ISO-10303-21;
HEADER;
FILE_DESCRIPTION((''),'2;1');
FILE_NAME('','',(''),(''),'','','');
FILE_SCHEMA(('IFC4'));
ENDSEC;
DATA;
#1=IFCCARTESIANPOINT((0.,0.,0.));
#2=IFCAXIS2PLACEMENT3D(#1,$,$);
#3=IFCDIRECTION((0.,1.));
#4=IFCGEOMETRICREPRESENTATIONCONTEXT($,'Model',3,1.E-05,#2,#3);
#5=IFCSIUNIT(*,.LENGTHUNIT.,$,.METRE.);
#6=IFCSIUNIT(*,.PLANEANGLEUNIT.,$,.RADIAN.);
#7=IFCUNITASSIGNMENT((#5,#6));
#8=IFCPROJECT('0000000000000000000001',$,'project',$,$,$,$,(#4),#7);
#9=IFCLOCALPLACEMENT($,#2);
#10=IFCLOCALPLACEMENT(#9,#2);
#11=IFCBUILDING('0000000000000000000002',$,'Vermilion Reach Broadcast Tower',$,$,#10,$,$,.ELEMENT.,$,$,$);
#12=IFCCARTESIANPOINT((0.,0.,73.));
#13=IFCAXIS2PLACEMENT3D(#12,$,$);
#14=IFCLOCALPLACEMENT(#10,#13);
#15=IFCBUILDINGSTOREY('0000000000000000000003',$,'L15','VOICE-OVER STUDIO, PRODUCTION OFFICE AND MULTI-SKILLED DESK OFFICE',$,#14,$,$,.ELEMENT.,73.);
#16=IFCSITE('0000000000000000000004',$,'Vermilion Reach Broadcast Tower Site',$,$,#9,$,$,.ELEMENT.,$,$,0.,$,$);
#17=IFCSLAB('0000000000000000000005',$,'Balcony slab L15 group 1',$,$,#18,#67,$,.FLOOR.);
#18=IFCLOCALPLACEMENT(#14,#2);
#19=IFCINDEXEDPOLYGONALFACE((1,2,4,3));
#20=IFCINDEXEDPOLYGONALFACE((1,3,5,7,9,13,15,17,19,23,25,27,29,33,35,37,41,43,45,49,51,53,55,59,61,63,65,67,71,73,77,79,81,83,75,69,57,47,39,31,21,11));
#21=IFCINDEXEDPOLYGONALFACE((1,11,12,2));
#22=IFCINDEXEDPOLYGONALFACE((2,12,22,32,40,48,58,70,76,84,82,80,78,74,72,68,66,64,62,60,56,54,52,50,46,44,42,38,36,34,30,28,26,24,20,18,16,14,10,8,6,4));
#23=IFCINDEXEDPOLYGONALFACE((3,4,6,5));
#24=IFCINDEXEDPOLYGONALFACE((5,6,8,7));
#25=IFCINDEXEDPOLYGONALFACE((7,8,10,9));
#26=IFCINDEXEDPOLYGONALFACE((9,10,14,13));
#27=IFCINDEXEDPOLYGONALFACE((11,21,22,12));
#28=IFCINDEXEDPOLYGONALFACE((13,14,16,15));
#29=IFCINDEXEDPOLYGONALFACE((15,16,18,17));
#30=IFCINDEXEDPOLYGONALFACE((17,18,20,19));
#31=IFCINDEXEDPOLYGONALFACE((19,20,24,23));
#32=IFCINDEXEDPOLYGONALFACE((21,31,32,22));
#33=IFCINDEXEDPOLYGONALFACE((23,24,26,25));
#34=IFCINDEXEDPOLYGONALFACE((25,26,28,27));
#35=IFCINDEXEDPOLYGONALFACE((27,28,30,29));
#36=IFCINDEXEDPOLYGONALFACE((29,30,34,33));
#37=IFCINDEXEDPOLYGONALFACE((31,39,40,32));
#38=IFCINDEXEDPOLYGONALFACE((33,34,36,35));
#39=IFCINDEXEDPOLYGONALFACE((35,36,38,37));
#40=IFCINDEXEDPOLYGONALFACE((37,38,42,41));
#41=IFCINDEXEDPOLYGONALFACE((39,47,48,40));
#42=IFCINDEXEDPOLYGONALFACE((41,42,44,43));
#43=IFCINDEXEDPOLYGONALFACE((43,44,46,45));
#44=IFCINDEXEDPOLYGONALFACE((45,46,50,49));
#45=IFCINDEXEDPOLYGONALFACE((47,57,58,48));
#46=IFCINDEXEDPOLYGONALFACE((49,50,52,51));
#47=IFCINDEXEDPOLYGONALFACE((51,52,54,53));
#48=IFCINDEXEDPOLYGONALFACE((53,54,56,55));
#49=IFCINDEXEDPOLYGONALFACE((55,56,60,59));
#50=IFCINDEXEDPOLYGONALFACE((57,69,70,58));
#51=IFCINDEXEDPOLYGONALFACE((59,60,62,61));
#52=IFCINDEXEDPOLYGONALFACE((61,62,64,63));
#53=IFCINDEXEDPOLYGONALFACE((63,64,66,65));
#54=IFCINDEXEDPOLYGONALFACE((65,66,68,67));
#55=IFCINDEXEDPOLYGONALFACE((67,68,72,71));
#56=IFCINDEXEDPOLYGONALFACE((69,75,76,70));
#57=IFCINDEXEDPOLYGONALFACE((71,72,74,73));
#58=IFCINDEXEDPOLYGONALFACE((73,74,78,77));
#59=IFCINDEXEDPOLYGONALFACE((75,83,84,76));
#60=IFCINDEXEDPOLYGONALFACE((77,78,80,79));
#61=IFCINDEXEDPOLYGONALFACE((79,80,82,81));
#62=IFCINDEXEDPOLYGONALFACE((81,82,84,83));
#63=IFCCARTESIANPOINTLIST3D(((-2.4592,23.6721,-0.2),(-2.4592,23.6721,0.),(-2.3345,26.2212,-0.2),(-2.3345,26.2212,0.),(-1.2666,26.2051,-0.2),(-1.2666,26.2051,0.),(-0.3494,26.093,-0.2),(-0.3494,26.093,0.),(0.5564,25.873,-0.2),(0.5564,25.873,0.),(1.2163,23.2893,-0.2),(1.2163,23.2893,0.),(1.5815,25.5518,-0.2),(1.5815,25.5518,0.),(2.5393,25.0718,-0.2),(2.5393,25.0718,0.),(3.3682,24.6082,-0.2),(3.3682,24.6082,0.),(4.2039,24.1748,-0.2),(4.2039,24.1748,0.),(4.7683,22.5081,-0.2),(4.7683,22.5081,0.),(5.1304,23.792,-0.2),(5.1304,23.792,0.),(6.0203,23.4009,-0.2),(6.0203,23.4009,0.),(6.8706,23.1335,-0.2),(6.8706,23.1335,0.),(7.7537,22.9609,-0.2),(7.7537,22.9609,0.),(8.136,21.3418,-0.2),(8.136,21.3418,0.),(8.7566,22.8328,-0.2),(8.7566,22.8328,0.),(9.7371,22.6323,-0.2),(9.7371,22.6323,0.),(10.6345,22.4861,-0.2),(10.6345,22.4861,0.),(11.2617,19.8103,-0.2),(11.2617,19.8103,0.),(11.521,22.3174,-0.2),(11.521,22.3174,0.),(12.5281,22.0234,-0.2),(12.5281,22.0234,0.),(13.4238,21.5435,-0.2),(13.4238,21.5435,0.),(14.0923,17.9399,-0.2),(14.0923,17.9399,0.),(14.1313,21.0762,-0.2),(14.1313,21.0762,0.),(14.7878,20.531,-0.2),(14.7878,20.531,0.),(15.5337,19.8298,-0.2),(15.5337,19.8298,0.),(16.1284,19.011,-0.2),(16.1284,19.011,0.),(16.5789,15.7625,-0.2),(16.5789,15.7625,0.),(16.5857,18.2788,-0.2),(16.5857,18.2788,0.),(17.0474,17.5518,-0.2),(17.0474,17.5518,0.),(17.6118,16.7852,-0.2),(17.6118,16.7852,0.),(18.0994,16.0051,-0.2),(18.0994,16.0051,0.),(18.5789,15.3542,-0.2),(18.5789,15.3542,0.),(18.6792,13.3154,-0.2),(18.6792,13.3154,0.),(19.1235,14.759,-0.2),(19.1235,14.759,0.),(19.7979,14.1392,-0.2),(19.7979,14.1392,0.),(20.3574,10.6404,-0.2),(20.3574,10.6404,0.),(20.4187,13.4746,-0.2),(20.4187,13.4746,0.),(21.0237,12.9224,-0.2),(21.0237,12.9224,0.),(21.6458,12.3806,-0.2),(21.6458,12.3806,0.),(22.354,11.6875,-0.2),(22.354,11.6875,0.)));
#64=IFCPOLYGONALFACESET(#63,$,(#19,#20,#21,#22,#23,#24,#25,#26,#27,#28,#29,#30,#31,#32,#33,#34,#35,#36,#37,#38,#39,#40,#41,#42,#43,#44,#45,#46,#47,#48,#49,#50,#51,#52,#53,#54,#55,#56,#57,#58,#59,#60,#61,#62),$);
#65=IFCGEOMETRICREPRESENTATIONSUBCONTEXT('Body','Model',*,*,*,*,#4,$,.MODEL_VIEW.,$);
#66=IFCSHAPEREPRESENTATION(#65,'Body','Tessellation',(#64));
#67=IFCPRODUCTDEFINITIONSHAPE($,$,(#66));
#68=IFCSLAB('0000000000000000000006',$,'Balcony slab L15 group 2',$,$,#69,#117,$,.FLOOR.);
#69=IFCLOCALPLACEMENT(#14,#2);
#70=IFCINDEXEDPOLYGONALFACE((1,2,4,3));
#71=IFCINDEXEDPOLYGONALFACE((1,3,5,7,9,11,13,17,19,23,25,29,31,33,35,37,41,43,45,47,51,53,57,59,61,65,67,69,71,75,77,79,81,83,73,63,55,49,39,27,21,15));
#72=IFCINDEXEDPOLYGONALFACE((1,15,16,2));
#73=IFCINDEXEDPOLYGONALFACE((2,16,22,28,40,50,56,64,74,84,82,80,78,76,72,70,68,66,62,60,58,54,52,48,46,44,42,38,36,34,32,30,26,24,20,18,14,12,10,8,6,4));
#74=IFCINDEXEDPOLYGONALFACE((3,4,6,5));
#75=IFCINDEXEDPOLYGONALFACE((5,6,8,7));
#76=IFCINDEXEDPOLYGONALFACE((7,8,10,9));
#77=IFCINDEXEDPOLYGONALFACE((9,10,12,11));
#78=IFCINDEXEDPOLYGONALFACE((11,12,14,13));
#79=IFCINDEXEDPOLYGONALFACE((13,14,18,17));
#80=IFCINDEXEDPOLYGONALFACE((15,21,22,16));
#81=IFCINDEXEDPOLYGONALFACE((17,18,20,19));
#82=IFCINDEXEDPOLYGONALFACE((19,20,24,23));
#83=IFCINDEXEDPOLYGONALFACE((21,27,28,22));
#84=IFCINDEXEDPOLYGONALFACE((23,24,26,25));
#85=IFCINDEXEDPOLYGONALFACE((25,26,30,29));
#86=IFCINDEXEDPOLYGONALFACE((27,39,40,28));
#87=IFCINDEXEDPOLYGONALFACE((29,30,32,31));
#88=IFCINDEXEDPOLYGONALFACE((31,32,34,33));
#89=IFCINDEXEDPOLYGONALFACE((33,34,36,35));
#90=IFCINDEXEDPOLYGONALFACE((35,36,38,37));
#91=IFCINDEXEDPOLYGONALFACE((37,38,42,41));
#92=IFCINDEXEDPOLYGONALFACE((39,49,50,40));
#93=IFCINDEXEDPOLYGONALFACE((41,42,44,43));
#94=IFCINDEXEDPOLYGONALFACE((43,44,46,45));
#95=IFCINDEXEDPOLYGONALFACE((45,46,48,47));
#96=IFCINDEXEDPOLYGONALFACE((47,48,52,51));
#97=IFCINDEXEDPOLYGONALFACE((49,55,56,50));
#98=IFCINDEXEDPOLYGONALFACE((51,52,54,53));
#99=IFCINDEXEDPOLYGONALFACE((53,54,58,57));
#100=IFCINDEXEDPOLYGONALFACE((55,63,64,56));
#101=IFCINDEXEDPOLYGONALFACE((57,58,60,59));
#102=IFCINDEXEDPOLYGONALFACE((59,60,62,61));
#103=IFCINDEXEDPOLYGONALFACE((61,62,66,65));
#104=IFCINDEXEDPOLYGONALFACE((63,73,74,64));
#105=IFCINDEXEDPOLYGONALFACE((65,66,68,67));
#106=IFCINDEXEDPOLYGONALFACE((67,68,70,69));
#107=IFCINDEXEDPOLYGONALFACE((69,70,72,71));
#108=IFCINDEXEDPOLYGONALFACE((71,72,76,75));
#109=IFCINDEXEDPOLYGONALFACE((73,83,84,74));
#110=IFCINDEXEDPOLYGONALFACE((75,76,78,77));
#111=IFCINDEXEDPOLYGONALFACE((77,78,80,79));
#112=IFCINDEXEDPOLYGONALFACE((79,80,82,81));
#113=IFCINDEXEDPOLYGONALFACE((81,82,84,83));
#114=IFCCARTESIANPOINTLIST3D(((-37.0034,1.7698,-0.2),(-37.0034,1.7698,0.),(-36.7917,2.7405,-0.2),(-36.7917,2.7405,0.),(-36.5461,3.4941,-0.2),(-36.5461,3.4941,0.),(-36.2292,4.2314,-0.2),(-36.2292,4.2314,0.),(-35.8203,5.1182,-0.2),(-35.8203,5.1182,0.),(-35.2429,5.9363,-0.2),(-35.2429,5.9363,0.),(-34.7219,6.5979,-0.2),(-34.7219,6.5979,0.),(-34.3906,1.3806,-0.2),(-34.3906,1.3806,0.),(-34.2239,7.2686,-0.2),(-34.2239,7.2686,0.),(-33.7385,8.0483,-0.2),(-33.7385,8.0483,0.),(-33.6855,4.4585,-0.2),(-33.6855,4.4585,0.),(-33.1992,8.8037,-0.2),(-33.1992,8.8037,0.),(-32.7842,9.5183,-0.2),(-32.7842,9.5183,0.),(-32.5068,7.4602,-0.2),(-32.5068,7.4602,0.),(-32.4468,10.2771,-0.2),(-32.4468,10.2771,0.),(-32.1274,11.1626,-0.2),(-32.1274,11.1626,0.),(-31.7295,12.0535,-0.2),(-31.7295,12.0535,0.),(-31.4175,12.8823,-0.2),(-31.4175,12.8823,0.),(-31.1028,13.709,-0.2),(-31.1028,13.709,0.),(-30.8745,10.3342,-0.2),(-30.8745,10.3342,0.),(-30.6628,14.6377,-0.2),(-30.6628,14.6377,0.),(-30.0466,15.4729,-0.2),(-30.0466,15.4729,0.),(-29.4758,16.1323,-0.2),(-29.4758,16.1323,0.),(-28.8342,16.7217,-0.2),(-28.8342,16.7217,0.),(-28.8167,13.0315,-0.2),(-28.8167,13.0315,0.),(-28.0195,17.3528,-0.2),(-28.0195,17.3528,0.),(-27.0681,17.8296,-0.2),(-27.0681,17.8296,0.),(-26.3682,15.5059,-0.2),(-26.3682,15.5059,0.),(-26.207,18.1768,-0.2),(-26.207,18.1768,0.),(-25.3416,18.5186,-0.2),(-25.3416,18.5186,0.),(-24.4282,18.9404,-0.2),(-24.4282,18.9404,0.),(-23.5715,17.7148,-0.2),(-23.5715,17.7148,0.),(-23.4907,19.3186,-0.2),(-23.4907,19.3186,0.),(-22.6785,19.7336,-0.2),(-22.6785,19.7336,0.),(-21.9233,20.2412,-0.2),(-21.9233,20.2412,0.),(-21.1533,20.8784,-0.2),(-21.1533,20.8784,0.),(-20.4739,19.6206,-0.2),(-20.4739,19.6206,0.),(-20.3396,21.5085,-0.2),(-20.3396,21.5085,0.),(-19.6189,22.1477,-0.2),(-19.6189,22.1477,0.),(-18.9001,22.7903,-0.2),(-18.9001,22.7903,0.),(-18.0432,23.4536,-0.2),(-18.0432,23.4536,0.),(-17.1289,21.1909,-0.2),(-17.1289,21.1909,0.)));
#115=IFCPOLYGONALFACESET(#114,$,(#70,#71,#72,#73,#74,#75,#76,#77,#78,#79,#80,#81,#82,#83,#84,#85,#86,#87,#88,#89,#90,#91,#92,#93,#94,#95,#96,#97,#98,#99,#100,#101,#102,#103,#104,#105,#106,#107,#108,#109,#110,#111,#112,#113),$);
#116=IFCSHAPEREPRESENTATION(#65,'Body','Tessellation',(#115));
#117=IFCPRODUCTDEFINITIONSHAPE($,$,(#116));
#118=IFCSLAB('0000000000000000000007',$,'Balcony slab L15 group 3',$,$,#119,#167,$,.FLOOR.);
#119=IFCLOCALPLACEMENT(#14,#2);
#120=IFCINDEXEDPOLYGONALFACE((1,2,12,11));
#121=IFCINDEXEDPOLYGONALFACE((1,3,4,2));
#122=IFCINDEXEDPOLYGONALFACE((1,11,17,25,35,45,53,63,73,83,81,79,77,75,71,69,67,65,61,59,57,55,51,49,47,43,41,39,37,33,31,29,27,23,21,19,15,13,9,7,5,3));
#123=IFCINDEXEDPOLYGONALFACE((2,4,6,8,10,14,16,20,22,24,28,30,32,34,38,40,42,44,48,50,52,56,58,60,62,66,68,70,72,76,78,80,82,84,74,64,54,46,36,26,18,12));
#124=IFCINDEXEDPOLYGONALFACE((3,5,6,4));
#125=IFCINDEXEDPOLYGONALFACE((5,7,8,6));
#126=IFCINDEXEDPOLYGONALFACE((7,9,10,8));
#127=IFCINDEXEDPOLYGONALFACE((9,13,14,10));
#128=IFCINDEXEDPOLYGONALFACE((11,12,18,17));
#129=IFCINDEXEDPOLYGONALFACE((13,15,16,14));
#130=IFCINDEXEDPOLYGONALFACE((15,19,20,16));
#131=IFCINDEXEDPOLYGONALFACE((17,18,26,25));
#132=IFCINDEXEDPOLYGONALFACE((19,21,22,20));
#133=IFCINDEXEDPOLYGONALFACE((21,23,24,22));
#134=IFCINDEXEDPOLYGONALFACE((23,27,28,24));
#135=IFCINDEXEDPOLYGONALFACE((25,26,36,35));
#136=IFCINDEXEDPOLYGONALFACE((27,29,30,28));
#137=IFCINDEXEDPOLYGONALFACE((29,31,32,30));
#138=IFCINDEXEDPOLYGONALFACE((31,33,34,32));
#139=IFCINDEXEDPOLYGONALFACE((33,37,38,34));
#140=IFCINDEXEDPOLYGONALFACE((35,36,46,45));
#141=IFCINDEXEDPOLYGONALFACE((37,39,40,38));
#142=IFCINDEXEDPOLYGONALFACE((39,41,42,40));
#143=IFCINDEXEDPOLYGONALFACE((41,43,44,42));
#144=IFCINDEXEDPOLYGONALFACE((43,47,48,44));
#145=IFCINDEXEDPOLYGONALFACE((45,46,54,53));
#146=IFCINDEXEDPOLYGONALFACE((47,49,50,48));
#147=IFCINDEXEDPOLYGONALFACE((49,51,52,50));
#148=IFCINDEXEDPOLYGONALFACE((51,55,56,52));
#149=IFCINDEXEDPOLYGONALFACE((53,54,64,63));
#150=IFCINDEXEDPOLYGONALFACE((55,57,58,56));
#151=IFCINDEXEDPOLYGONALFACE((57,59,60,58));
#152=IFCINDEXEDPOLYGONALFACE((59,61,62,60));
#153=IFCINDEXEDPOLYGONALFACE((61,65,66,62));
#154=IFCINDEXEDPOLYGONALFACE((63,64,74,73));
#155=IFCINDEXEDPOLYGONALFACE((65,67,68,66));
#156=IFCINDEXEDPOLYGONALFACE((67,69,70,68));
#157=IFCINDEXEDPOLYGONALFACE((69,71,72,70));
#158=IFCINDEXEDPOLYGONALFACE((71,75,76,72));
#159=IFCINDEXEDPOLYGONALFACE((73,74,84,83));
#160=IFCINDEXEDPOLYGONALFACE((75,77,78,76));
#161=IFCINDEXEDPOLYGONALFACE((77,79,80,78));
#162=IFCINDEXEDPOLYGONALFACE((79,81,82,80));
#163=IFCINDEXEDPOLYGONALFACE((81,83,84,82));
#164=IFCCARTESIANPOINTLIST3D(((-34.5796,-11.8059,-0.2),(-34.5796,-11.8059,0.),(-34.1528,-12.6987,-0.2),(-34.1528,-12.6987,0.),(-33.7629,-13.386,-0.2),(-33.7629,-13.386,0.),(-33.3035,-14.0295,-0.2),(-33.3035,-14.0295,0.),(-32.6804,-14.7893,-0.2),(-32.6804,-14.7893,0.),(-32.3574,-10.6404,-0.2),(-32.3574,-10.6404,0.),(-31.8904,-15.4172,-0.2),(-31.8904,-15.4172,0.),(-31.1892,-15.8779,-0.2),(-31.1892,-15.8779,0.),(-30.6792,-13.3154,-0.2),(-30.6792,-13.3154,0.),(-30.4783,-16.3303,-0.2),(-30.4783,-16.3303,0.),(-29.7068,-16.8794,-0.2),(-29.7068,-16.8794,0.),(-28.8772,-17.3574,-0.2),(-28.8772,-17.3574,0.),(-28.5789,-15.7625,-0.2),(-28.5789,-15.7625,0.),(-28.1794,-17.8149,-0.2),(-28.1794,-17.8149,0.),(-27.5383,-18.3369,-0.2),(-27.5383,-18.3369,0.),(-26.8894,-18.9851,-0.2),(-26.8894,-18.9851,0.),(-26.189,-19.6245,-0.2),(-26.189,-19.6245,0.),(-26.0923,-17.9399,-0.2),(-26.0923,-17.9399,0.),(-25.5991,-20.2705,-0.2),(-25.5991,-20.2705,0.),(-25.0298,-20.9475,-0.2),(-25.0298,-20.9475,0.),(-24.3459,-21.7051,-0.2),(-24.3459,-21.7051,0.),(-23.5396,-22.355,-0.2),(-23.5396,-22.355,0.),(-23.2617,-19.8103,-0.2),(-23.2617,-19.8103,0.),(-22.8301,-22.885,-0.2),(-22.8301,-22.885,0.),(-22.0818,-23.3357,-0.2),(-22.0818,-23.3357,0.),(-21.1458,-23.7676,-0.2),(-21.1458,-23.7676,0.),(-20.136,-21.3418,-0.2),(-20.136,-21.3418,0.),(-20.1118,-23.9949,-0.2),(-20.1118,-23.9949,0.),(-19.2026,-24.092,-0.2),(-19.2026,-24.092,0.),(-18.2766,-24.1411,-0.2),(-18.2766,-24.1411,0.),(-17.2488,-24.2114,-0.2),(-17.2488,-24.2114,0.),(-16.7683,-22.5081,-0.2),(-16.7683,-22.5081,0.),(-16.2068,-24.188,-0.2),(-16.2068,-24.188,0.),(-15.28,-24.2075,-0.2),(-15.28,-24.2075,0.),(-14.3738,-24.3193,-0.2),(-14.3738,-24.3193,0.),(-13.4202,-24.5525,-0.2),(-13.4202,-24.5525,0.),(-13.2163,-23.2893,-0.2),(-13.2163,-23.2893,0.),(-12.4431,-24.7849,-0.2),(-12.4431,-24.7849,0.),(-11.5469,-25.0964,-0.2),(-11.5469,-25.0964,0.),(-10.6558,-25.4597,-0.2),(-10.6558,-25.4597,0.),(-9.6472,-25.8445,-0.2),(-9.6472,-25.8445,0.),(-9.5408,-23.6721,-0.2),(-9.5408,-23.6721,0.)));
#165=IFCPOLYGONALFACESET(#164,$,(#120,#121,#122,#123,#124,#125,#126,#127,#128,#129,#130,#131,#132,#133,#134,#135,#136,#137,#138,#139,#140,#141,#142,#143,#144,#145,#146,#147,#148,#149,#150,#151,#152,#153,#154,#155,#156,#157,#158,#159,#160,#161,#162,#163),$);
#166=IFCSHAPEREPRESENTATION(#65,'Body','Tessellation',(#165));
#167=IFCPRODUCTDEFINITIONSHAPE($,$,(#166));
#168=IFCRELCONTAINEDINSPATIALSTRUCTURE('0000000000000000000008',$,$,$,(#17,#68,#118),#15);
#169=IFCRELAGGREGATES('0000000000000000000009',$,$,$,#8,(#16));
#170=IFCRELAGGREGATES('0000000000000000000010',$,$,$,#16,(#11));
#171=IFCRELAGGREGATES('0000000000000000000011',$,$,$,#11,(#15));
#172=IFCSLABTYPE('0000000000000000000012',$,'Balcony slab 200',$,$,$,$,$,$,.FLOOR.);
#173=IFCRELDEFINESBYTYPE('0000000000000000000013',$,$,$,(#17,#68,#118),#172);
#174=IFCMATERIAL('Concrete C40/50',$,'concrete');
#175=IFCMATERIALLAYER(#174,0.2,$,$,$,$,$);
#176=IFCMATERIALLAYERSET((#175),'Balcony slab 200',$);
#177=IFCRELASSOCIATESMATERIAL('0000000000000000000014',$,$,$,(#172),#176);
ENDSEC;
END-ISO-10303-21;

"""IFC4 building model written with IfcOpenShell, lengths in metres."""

from ifc_helpers import new_model, si_unit, direction, frame, origin, place, context, subcontext, project, spatial, polyline, outline, extrude, material, layer, layer_set, type_object, element, save


model = new_model("IFC4")

# Units and contexts
model_context = context("Model", 3, precision=1e-05, world=origin(), true_north=direction((0.0, 1.0)))
body_context = subcontext(model_context, "Body", "Model", "MODEL_VIEW")
ifc_project = project(units=[si_unit("LENGTHUNIT", "METRE"), si_unit("PLANEANGLEUNIT", "RADIAN")], contexts=[model_context])

# Site, building, storey
site_placement = place(None, origin())
site = spatial("IfcSite", under=ifc_project, at=site_placement, Name="Vermilion Reach Broadcast Tower Site", CompositionType="ELEMENT", RefElevation=0.0)
building_placement = place(site_placement, origin())
building = spatial("IfcBuilding", under=site, at=building_placement, Name="Vermilion Reach Broadcast Tower", CompositionType="ELEMENT")
storey_placement = place(building_placement, frame((0.0, 0.0, 73.0)))
storey = spatial("IfcBuildingStorey", under=building, at=storey_placement, Name="L15", Description="VOICE-OVER STUDIO, PRODUCTION OFFICE AND MULTI-SKILLED DESK OFFICE", CompositionType="ELEMENT", Elevation=73.0)

# Slabs
ifc_material_1 = material(Name="Concrete C40/50", Category="concrete")
ifc_layer_1 = layer(ifc_material_1, 0.2)
ifc_layer_set_1 = layer_set([ifc_layer_1], Name="Balcony slab 200")
slab_type_1 = type_object("IfcSlabType", Name="Balcony slab 200", PredefinedType="FLOOR", material=ifc_layer_set_1)
placement_1 = place(storey_placement, frame((0.0, 0.0, -0.2)))
element("IfcSlab", 1, at=placement_1, inside=storey, type_object=slab_type_1, Name="Balcony slab L15 group 1", PredefinedType="FLOOR", context=body_context, shape_type="SweptSolid", body=[
    extrude(outline(polyline([(20.3574, 10.6404), (18.6792, 13.3154), (16.5789, 15.7625), (14.0923, 17.9399), (11.2617, 19.8103), (8.136, 21.3418), (4.7683, 22.5081), (1.2163, 23.2893), (-2.4592, 23.6721), (-2.3345, 26.2212), (-1.2666, 26.2051), (-0.3494, 26.093), (0.5564, 25.873), (1.5815, 25.5518), (2.5393, 25.0718), (3.3682, 24.6082), (4.2039, 24.1748), (5.1304, 23.792), (6.0203, 23.4009), (6.8706, 23.1335), (7.7537, 22.9609), (8.7566, 22.8328), (9.7371, 22.6323), (10.6345, 22.4861), (11.521, 22.3174), (12.5281, 22.0234), (13.4238, 21.5435), (14.1313, 21.0762), (14.7878, 20.531), (15.5337, 19.8298), (16.1284, 19.011), (16.5857, 18.2788), (17.0474, 17.5518), (17.6118, 16.7852), (18.0994, 16.0051), (18.5789, 15.3542), (19.1235, 14.759), (19.7979, 14.1392), (20.4187, 13.4746), (21.0237, 12.9224), (21.6458, 12.3806), (22.354, 11.6875), (20.3574, 10.6404)])), origin(), (0.0, 0.0, 1.0), 0.2),
])
element("IfcSlab", 2, at=placement_1, inside=storey, type_object=slab_type_1, Name="Balcony slab L15 group 2", PredefinedType="FLOOR", context=body_context, shape_type="SweptSolid", body=[
    extrude(outline(polyline([(-17.1289, 21.1909), (-20.4739, 19.6206), (-23.5715, 17.7148), (-26.3682, 15.5059), (-28.8167, 13.0315), (-30.8745, 10.3342), (-32.5068, 7.4602), (-33.6855, 4.4585), (-34.3906, 1.3806), (-37.0034, 1.7698), (-36.7917, 2.7405), (-36.5461, 3.4941), (-36.2292, 4.2314), (-35.8203, 5.1182), (-35.2429, 5.9363), (-34.7219, 6.5979), (-34.2239, 7.2686), (-33.7385, 8.0483), (-33.1992, 8.8037), (-32.7842, 9.5183), (-32.4468, 10.2771), (-32.1274, 11.1626), (-31.7295, 12.0535), (-31.4175, 12.8823), (-31.1028, 13.709), (-30.6628, 14.6377), (-30.0466, 15.4729), (-29.4758, 16.1323), (-28.8342, 16.7217), (-28.0195, 17.3528), (-27.0681, 17.8296), (-26.207, 18.1768), (-25.3416, 18.5186), (-24.4282, 18.9404), (-23.4907, 19.3186), (-22.6785, 19.7336), (-21.9233, 20.2412), (-21.1533, 20.8784), (-20.3396, 21.5085), (-19.6189, 22.1477), (-18.9001, 22.7903), (-18.0432, 23.4536), (-17.1289, 21.1909)])), origin(), (0.0, 0.0, 1.0), 0.2),
])
element("IfcSlab", 3, at=placement_1, inside=storey, type_object=slab_type_1, Name="Balcony slab L15 group 3", PredefinedType="FLOOR", context=body_context, shape_type="SweptSolid", body=[
    extrude(outline(polyline([(-32.3574, -10.6404), (-30.6792, -13.3154), (-28.5789, -15.7625), (-26.0923, -17.9399), (-23.2617, -19.8103), (-20.136, -21.3418), (-16.7683, -22.5081), (-13.2163, -23.2893), (-9.5408, -23.6721), (-9.6472, -25.8445), (-10.6558, -25.4597), (-11.5469, -25.0964), (-12.4431, -24.7849), (-13.4202, -24.5525), (-14.3738, -24.3193), (-15.28, -24.2075), (-16.2068, -24.188), (-17.2488, -24.2114), (-18.2766, -24.1411), (-19.2026, -24.092), (-20.1118, -23.9949), (-21.1458, -23.7676), (-22.0818, -23.3357), (-22.8301, -22.885), (-23.5396, -22.355), (-24.3459, -21.7051), (-25.0298, -20.9475), (-25.5991, -20.2705), (-26.189, -19.6245), (-26.8894, -18.9851), (-27.5383, -18.3369), (-28.1794, -17.8149), (-28.8772, -17.3574), (-29.7068, -16.8794), (-30.4783, -16.3303), (-31.1892, -15.8779), (-31.8904, -15.4172), (-32.6804, -14.7893), (-33.3035, -14.0295), (-33.7629, -13.386), (-34.1528, -12.6987), (-34.5796, -11.8059), (-32.3574, -10.6404)])), origin(), (0.0, 0.0, 1.0), 0.2),
])

save(model, "model.ifc")
